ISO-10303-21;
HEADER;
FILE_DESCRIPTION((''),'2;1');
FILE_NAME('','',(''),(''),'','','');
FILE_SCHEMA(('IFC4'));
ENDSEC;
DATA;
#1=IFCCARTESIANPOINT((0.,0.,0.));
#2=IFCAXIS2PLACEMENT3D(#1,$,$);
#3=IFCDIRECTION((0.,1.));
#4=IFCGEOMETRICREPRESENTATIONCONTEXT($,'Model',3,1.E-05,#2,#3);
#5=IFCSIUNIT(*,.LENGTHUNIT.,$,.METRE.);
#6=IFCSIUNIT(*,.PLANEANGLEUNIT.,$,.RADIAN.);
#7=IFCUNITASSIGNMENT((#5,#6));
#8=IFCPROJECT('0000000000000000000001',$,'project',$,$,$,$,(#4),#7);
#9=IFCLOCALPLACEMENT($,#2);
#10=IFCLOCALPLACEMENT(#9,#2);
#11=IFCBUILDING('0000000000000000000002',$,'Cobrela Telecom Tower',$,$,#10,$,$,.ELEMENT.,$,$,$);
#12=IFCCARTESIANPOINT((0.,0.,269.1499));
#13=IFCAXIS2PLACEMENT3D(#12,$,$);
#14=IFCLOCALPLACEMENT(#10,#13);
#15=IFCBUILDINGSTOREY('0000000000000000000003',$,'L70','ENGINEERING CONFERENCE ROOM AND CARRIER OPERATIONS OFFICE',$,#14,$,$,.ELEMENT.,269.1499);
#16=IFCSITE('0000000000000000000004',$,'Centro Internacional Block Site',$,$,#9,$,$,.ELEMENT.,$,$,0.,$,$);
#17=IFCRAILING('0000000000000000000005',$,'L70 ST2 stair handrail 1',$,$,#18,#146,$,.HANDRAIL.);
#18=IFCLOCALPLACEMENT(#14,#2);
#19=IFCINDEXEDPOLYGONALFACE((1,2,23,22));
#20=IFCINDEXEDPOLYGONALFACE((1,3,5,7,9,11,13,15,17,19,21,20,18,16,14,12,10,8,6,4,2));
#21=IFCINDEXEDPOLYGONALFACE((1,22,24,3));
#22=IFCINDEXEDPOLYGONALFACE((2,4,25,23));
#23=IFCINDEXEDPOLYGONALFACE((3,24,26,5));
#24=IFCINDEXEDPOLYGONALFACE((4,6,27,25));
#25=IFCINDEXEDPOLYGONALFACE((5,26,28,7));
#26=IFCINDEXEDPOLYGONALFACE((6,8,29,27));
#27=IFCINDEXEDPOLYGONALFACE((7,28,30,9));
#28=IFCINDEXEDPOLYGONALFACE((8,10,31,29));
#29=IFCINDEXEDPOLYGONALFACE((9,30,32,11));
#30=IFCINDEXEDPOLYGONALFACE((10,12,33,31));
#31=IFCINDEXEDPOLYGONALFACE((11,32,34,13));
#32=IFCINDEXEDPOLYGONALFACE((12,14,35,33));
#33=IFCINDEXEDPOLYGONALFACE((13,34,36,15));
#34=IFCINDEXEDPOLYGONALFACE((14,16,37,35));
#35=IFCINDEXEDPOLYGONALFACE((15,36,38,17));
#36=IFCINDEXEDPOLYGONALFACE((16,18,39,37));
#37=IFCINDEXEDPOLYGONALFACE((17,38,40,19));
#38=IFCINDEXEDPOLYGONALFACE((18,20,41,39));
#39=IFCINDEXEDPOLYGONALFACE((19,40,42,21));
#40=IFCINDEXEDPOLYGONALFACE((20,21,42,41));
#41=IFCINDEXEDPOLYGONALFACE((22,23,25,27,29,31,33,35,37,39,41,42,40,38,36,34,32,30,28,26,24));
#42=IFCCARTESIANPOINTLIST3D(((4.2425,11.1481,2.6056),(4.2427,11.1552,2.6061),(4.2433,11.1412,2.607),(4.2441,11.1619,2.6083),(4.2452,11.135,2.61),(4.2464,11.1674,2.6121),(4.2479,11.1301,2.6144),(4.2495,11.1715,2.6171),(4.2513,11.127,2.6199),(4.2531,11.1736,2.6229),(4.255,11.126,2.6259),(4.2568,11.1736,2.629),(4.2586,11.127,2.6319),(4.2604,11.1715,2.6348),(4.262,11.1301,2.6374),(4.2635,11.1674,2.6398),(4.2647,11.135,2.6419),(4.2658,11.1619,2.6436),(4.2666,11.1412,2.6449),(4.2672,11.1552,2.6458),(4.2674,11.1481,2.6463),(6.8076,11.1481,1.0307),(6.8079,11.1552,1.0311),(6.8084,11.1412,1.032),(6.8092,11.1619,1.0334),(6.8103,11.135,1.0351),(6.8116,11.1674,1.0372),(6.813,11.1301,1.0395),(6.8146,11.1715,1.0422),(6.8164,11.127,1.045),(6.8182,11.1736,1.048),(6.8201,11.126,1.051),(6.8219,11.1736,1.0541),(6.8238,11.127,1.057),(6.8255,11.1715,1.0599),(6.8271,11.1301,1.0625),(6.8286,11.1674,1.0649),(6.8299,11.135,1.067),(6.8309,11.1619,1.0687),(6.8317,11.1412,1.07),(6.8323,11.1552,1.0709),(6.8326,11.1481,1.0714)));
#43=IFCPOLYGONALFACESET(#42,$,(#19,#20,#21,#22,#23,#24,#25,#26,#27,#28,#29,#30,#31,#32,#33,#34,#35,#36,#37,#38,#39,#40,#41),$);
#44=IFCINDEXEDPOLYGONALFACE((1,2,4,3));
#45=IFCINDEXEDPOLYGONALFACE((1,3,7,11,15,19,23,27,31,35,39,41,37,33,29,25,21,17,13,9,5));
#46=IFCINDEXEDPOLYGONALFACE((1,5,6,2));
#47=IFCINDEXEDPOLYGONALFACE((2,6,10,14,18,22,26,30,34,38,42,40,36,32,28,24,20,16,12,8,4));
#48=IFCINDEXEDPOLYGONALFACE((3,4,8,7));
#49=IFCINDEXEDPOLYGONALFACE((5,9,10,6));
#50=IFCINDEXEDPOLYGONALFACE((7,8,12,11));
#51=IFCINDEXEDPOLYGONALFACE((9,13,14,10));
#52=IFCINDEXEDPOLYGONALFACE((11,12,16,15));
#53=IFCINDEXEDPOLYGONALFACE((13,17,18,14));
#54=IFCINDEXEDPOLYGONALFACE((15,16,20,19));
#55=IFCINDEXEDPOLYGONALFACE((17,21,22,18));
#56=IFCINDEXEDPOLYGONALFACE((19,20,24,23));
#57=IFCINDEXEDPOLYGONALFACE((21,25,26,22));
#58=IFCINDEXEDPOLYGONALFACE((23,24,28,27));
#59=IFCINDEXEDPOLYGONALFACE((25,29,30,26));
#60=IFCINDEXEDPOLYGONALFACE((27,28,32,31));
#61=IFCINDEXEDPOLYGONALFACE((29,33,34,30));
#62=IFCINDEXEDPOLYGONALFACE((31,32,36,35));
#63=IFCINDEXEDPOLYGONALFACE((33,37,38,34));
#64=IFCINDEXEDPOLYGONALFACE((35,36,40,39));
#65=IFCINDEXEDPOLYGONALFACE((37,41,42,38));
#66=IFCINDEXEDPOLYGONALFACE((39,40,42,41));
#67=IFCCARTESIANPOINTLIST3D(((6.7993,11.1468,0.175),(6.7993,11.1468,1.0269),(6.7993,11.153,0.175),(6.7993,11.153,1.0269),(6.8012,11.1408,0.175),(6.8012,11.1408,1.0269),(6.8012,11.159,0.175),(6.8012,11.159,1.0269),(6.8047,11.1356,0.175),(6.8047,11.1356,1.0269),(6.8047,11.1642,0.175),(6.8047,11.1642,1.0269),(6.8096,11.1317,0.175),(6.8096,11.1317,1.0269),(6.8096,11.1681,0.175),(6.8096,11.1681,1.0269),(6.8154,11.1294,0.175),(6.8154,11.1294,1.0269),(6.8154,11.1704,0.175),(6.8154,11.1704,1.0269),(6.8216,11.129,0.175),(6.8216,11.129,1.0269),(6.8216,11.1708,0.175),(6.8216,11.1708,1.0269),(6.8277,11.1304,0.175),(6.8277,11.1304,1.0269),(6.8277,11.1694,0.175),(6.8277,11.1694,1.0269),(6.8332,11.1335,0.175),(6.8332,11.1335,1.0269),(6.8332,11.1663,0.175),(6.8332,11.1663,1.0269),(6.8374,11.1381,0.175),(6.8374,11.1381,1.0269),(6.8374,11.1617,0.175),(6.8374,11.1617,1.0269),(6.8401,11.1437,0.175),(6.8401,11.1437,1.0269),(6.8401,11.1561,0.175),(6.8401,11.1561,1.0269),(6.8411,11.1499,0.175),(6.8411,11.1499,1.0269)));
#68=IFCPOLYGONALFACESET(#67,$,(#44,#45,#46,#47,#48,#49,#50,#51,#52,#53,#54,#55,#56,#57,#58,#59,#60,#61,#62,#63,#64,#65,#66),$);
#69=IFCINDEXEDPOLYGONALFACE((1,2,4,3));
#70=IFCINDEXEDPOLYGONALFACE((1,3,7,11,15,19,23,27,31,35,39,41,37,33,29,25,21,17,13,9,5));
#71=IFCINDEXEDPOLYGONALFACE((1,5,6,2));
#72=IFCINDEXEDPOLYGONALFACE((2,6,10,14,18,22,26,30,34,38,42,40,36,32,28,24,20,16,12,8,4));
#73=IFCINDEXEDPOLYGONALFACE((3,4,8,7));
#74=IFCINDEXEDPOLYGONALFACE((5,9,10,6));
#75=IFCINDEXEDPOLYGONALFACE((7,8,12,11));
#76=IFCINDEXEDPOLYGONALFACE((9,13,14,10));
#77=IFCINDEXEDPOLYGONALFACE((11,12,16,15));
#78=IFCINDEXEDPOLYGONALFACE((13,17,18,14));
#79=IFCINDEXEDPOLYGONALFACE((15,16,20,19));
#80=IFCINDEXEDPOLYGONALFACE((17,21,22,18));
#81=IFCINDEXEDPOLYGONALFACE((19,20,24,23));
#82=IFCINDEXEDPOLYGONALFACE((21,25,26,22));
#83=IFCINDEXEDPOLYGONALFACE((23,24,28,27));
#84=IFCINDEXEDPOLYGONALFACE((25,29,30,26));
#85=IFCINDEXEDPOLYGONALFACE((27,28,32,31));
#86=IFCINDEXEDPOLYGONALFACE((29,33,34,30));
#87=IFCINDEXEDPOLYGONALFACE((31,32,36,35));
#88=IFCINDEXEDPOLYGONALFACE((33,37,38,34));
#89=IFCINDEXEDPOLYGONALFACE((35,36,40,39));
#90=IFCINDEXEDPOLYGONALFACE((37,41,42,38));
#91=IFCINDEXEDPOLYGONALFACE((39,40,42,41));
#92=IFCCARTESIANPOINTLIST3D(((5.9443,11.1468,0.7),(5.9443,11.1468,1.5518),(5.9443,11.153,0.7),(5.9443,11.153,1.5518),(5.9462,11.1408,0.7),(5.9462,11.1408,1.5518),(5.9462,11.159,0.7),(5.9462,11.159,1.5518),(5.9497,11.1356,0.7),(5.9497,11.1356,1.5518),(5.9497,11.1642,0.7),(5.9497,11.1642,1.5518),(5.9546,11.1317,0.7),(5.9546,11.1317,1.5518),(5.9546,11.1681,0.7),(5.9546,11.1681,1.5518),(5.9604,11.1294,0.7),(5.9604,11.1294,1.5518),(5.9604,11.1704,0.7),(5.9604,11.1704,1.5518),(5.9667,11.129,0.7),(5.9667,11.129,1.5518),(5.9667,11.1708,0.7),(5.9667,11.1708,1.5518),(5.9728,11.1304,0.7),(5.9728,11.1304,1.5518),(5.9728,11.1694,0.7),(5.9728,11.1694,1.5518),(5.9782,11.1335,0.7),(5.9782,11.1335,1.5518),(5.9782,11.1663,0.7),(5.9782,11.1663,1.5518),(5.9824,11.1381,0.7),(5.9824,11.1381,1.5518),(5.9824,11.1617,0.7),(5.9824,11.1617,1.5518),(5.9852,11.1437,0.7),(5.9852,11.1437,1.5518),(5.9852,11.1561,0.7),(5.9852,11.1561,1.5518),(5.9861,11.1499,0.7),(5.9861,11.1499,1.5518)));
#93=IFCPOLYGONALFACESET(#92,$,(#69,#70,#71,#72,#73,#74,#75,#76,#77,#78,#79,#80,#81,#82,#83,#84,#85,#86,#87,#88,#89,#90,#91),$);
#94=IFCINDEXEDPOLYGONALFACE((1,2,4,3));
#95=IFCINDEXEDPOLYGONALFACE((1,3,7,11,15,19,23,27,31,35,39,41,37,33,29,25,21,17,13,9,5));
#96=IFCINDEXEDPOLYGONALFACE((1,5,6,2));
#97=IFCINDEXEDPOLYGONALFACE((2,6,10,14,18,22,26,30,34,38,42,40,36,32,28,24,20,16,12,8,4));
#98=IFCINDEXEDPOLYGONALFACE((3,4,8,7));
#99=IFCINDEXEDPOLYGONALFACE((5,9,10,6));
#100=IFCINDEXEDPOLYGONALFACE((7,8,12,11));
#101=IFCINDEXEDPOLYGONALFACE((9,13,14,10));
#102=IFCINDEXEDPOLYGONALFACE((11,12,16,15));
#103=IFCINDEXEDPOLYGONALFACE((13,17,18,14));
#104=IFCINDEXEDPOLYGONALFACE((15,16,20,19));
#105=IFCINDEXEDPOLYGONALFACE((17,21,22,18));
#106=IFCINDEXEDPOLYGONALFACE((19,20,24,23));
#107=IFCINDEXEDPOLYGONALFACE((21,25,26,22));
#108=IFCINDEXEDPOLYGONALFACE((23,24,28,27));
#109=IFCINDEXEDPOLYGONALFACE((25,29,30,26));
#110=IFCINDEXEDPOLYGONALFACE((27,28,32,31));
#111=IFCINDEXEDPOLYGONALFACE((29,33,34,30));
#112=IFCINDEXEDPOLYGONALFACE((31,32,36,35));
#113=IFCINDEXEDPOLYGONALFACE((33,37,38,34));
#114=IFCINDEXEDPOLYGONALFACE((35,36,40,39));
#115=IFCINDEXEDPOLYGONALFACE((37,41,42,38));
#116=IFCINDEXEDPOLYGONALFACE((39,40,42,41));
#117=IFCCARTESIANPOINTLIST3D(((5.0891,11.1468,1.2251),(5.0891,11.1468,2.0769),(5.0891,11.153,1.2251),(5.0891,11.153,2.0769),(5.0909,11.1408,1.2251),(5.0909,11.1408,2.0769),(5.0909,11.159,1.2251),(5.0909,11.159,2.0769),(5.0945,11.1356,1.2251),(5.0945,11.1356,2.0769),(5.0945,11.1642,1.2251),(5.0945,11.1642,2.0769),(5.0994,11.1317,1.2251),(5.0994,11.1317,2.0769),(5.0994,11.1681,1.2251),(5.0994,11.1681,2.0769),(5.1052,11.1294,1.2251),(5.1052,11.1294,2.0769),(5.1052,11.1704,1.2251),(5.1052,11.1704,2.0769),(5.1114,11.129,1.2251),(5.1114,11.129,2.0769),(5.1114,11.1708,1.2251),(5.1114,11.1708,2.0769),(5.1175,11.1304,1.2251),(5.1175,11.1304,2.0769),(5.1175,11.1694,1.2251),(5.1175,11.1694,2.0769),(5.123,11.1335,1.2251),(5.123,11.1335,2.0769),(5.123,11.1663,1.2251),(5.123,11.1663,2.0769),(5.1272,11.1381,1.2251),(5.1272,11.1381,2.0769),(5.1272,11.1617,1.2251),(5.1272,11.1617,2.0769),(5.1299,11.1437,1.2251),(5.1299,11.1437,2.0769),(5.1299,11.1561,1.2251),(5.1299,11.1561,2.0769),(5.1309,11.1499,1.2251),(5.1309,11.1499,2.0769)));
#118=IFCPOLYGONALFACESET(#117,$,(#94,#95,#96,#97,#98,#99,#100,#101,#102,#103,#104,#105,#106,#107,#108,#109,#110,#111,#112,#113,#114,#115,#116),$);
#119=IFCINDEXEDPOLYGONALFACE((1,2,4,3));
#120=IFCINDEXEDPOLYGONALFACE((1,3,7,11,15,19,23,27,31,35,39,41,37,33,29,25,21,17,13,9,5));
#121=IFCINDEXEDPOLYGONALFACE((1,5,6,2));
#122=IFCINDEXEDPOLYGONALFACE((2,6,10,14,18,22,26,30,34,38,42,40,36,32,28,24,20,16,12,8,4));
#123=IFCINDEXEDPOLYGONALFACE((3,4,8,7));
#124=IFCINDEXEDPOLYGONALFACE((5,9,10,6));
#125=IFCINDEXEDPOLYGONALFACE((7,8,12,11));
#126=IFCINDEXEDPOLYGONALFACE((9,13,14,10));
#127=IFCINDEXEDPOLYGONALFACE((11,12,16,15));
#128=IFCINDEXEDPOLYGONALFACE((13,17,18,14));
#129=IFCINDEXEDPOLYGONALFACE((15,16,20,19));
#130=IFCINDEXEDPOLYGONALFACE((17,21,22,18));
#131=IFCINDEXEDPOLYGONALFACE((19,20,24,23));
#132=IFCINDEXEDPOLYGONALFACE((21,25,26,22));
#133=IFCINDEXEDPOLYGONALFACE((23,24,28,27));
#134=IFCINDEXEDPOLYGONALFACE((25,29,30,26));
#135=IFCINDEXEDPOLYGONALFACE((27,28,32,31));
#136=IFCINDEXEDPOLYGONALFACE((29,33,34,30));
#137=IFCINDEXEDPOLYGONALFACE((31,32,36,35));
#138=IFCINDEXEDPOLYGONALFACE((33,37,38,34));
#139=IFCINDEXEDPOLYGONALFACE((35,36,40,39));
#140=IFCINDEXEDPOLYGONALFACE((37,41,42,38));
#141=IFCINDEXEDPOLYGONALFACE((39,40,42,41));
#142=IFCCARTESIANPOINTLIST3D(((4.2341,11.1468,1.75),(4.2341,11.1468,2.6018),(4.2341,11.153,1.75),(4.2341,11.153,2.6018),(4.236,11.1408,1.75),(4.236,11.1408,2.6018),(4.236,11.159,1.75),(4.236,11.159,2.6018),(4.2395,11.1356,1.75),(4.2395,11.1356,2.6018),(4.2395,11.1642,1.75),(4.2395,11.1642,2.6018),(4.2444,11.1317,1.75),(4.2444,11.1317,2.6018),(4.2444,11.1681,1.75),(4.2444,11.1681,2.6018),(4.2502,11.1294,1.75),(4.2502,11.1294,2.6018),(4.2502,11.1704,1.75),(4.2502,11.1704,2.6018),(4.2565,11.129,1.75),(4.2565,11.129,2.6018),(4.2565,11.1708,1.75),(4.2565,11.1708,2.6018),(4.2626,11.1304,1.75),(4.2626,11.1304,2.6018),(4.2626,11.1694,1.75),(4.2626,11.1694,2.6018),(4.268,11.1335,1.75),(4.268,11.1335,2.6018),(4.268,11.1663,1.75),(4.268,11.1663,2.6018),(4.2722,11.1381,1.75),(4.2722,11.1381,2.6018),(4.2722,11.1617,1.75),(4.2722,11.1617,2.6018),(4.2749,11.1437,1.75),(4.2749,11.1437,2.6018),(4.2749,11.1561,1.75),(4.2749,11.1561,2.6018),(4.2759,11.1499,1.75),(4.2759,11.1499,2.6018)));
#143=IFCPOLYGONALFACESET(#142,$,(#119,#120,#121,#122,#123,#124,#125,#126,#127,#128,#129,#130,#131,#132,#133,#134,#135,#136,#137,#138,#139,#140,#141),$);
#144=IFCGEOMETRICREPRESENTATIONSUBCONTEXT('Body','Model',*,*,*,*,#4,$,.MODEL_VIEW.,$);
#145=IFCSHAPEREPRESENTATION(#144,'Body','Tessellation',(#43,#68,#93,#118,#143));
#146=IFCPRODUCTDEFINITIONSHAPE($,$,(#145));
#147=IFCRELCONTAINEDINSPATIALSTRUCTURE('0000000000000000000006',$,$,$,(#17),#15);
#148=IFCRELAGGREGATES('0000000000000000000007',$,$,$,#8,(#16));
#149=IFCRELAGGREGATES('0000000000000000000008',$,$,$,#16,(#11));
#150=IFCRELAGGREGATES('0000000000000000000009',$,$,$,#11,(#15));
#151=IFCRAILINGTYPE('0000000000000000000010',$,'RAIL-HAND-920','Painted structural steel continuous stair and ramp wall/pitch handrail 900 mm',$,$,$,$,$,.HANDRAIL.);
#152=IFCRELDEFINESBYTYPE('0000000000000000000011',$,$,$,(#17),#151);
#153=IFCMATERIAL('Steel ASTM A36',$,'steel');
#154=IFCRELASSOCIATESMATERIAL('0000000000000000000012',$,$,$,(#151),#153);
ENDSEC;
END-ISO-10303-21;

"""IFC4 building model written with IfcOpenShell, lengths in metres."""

from ifc_helpers import new_model, si_unit, direction, frame, origin, origin_2d, place, context, subcontext, project, spatial, circle, extrude, material, type_object, element, save


model = new_model("IFC4")

# Units and contexts
model_context = context("Model", 3, precision=1e-05, world=origin(), true_north=direction((0.0, 1.0)))
body_context = subcontext(model_context, "Body", "Model", "MODEL_VIEW")
ifc_project = project(units=[si_unit("LENGTHUNIT", "METRE"), si_unit("PLANEANGLEUNIT", "RADIAN")], contexts=[model_context])

# Site, building, storey
site_placement = place(None, origin())
site = spatial("IfcSite", under=ifc_project, at=site_placement, Name="Centro Internacional Block Site", CompositionType="ELEMENT", RefElevation=0.0)
building_placement = place(site_placement, origin())
building = spatial("IfcBuilding", under=site, at=building_placement, Name="Cobrela Telecom Tower", CompositionType="ELEMENT")
storey_placement = place(building_placement, frame((0.0, 0.0, 269.1499)))
storey = spatial("IfcBuildingStorey", under=building, at=storey_placement, Name="L70", Description="ENGINEERING CONFERENCE ROOM AND CARRIER OPERATIONS OFFICE", CompositionType="ELEMENT", Elevation=269.1499)

# Railing
ifc_material_1 = material(Name="Steel ASTM A36", Category="steel")
railing_type = type_object("IfcRailingType", Name="RAIL-HAND-920", Description="Painted structural steel continuous stair and ramp wall/pitch handrail 900 mm", PredefinedType="HANDRAIL", material=ifc_material_1)
railing_placement = place(storey_placement, frame((6.8201, 11.1499, 0.175)))
element("IfcRailing", 1, at=railing_placement, inside=storey, type_object=railing_type, Name="L70 ST2 stair handrail 1", PredefinedType="HANDRAIL", context=body_context, shape_type="SweptSolid", body=[
    extrude(circle(Radius=0.0239, at=origin_2d()), frame((0.0, 0.0, 0.876), z_axis=(-0.852195, 0.0, 0.523224), x_axis=(0.0, -1.0, 0.0)), (0.0, 0.0, 1.0), 3.01),
    extrude(circle(Radius=0.021, at=origin_2d()), origin(), (0.0, 0.0, 1.0), 0.8518),
    extrude(circle(Radius=0.021, at=origin_2d()), frame((-0.855, 0.0, 0.5249)), (0.0, 0.0, 1.0), 0.8518),
    extrude(circle(Radius=0.021, at=origin_2d()), frame((-1.7102, 0.0, 1.05)), (0.0, 0.0, 1.0), 0.8518),
    extrude(circle(Radius=0.021, at=origin_2d()), frame((-2.5652, 0.0, 1.575)), (0.0, 0.0, 1.0), 0.8518),
])

save(model, "model.ifc")
